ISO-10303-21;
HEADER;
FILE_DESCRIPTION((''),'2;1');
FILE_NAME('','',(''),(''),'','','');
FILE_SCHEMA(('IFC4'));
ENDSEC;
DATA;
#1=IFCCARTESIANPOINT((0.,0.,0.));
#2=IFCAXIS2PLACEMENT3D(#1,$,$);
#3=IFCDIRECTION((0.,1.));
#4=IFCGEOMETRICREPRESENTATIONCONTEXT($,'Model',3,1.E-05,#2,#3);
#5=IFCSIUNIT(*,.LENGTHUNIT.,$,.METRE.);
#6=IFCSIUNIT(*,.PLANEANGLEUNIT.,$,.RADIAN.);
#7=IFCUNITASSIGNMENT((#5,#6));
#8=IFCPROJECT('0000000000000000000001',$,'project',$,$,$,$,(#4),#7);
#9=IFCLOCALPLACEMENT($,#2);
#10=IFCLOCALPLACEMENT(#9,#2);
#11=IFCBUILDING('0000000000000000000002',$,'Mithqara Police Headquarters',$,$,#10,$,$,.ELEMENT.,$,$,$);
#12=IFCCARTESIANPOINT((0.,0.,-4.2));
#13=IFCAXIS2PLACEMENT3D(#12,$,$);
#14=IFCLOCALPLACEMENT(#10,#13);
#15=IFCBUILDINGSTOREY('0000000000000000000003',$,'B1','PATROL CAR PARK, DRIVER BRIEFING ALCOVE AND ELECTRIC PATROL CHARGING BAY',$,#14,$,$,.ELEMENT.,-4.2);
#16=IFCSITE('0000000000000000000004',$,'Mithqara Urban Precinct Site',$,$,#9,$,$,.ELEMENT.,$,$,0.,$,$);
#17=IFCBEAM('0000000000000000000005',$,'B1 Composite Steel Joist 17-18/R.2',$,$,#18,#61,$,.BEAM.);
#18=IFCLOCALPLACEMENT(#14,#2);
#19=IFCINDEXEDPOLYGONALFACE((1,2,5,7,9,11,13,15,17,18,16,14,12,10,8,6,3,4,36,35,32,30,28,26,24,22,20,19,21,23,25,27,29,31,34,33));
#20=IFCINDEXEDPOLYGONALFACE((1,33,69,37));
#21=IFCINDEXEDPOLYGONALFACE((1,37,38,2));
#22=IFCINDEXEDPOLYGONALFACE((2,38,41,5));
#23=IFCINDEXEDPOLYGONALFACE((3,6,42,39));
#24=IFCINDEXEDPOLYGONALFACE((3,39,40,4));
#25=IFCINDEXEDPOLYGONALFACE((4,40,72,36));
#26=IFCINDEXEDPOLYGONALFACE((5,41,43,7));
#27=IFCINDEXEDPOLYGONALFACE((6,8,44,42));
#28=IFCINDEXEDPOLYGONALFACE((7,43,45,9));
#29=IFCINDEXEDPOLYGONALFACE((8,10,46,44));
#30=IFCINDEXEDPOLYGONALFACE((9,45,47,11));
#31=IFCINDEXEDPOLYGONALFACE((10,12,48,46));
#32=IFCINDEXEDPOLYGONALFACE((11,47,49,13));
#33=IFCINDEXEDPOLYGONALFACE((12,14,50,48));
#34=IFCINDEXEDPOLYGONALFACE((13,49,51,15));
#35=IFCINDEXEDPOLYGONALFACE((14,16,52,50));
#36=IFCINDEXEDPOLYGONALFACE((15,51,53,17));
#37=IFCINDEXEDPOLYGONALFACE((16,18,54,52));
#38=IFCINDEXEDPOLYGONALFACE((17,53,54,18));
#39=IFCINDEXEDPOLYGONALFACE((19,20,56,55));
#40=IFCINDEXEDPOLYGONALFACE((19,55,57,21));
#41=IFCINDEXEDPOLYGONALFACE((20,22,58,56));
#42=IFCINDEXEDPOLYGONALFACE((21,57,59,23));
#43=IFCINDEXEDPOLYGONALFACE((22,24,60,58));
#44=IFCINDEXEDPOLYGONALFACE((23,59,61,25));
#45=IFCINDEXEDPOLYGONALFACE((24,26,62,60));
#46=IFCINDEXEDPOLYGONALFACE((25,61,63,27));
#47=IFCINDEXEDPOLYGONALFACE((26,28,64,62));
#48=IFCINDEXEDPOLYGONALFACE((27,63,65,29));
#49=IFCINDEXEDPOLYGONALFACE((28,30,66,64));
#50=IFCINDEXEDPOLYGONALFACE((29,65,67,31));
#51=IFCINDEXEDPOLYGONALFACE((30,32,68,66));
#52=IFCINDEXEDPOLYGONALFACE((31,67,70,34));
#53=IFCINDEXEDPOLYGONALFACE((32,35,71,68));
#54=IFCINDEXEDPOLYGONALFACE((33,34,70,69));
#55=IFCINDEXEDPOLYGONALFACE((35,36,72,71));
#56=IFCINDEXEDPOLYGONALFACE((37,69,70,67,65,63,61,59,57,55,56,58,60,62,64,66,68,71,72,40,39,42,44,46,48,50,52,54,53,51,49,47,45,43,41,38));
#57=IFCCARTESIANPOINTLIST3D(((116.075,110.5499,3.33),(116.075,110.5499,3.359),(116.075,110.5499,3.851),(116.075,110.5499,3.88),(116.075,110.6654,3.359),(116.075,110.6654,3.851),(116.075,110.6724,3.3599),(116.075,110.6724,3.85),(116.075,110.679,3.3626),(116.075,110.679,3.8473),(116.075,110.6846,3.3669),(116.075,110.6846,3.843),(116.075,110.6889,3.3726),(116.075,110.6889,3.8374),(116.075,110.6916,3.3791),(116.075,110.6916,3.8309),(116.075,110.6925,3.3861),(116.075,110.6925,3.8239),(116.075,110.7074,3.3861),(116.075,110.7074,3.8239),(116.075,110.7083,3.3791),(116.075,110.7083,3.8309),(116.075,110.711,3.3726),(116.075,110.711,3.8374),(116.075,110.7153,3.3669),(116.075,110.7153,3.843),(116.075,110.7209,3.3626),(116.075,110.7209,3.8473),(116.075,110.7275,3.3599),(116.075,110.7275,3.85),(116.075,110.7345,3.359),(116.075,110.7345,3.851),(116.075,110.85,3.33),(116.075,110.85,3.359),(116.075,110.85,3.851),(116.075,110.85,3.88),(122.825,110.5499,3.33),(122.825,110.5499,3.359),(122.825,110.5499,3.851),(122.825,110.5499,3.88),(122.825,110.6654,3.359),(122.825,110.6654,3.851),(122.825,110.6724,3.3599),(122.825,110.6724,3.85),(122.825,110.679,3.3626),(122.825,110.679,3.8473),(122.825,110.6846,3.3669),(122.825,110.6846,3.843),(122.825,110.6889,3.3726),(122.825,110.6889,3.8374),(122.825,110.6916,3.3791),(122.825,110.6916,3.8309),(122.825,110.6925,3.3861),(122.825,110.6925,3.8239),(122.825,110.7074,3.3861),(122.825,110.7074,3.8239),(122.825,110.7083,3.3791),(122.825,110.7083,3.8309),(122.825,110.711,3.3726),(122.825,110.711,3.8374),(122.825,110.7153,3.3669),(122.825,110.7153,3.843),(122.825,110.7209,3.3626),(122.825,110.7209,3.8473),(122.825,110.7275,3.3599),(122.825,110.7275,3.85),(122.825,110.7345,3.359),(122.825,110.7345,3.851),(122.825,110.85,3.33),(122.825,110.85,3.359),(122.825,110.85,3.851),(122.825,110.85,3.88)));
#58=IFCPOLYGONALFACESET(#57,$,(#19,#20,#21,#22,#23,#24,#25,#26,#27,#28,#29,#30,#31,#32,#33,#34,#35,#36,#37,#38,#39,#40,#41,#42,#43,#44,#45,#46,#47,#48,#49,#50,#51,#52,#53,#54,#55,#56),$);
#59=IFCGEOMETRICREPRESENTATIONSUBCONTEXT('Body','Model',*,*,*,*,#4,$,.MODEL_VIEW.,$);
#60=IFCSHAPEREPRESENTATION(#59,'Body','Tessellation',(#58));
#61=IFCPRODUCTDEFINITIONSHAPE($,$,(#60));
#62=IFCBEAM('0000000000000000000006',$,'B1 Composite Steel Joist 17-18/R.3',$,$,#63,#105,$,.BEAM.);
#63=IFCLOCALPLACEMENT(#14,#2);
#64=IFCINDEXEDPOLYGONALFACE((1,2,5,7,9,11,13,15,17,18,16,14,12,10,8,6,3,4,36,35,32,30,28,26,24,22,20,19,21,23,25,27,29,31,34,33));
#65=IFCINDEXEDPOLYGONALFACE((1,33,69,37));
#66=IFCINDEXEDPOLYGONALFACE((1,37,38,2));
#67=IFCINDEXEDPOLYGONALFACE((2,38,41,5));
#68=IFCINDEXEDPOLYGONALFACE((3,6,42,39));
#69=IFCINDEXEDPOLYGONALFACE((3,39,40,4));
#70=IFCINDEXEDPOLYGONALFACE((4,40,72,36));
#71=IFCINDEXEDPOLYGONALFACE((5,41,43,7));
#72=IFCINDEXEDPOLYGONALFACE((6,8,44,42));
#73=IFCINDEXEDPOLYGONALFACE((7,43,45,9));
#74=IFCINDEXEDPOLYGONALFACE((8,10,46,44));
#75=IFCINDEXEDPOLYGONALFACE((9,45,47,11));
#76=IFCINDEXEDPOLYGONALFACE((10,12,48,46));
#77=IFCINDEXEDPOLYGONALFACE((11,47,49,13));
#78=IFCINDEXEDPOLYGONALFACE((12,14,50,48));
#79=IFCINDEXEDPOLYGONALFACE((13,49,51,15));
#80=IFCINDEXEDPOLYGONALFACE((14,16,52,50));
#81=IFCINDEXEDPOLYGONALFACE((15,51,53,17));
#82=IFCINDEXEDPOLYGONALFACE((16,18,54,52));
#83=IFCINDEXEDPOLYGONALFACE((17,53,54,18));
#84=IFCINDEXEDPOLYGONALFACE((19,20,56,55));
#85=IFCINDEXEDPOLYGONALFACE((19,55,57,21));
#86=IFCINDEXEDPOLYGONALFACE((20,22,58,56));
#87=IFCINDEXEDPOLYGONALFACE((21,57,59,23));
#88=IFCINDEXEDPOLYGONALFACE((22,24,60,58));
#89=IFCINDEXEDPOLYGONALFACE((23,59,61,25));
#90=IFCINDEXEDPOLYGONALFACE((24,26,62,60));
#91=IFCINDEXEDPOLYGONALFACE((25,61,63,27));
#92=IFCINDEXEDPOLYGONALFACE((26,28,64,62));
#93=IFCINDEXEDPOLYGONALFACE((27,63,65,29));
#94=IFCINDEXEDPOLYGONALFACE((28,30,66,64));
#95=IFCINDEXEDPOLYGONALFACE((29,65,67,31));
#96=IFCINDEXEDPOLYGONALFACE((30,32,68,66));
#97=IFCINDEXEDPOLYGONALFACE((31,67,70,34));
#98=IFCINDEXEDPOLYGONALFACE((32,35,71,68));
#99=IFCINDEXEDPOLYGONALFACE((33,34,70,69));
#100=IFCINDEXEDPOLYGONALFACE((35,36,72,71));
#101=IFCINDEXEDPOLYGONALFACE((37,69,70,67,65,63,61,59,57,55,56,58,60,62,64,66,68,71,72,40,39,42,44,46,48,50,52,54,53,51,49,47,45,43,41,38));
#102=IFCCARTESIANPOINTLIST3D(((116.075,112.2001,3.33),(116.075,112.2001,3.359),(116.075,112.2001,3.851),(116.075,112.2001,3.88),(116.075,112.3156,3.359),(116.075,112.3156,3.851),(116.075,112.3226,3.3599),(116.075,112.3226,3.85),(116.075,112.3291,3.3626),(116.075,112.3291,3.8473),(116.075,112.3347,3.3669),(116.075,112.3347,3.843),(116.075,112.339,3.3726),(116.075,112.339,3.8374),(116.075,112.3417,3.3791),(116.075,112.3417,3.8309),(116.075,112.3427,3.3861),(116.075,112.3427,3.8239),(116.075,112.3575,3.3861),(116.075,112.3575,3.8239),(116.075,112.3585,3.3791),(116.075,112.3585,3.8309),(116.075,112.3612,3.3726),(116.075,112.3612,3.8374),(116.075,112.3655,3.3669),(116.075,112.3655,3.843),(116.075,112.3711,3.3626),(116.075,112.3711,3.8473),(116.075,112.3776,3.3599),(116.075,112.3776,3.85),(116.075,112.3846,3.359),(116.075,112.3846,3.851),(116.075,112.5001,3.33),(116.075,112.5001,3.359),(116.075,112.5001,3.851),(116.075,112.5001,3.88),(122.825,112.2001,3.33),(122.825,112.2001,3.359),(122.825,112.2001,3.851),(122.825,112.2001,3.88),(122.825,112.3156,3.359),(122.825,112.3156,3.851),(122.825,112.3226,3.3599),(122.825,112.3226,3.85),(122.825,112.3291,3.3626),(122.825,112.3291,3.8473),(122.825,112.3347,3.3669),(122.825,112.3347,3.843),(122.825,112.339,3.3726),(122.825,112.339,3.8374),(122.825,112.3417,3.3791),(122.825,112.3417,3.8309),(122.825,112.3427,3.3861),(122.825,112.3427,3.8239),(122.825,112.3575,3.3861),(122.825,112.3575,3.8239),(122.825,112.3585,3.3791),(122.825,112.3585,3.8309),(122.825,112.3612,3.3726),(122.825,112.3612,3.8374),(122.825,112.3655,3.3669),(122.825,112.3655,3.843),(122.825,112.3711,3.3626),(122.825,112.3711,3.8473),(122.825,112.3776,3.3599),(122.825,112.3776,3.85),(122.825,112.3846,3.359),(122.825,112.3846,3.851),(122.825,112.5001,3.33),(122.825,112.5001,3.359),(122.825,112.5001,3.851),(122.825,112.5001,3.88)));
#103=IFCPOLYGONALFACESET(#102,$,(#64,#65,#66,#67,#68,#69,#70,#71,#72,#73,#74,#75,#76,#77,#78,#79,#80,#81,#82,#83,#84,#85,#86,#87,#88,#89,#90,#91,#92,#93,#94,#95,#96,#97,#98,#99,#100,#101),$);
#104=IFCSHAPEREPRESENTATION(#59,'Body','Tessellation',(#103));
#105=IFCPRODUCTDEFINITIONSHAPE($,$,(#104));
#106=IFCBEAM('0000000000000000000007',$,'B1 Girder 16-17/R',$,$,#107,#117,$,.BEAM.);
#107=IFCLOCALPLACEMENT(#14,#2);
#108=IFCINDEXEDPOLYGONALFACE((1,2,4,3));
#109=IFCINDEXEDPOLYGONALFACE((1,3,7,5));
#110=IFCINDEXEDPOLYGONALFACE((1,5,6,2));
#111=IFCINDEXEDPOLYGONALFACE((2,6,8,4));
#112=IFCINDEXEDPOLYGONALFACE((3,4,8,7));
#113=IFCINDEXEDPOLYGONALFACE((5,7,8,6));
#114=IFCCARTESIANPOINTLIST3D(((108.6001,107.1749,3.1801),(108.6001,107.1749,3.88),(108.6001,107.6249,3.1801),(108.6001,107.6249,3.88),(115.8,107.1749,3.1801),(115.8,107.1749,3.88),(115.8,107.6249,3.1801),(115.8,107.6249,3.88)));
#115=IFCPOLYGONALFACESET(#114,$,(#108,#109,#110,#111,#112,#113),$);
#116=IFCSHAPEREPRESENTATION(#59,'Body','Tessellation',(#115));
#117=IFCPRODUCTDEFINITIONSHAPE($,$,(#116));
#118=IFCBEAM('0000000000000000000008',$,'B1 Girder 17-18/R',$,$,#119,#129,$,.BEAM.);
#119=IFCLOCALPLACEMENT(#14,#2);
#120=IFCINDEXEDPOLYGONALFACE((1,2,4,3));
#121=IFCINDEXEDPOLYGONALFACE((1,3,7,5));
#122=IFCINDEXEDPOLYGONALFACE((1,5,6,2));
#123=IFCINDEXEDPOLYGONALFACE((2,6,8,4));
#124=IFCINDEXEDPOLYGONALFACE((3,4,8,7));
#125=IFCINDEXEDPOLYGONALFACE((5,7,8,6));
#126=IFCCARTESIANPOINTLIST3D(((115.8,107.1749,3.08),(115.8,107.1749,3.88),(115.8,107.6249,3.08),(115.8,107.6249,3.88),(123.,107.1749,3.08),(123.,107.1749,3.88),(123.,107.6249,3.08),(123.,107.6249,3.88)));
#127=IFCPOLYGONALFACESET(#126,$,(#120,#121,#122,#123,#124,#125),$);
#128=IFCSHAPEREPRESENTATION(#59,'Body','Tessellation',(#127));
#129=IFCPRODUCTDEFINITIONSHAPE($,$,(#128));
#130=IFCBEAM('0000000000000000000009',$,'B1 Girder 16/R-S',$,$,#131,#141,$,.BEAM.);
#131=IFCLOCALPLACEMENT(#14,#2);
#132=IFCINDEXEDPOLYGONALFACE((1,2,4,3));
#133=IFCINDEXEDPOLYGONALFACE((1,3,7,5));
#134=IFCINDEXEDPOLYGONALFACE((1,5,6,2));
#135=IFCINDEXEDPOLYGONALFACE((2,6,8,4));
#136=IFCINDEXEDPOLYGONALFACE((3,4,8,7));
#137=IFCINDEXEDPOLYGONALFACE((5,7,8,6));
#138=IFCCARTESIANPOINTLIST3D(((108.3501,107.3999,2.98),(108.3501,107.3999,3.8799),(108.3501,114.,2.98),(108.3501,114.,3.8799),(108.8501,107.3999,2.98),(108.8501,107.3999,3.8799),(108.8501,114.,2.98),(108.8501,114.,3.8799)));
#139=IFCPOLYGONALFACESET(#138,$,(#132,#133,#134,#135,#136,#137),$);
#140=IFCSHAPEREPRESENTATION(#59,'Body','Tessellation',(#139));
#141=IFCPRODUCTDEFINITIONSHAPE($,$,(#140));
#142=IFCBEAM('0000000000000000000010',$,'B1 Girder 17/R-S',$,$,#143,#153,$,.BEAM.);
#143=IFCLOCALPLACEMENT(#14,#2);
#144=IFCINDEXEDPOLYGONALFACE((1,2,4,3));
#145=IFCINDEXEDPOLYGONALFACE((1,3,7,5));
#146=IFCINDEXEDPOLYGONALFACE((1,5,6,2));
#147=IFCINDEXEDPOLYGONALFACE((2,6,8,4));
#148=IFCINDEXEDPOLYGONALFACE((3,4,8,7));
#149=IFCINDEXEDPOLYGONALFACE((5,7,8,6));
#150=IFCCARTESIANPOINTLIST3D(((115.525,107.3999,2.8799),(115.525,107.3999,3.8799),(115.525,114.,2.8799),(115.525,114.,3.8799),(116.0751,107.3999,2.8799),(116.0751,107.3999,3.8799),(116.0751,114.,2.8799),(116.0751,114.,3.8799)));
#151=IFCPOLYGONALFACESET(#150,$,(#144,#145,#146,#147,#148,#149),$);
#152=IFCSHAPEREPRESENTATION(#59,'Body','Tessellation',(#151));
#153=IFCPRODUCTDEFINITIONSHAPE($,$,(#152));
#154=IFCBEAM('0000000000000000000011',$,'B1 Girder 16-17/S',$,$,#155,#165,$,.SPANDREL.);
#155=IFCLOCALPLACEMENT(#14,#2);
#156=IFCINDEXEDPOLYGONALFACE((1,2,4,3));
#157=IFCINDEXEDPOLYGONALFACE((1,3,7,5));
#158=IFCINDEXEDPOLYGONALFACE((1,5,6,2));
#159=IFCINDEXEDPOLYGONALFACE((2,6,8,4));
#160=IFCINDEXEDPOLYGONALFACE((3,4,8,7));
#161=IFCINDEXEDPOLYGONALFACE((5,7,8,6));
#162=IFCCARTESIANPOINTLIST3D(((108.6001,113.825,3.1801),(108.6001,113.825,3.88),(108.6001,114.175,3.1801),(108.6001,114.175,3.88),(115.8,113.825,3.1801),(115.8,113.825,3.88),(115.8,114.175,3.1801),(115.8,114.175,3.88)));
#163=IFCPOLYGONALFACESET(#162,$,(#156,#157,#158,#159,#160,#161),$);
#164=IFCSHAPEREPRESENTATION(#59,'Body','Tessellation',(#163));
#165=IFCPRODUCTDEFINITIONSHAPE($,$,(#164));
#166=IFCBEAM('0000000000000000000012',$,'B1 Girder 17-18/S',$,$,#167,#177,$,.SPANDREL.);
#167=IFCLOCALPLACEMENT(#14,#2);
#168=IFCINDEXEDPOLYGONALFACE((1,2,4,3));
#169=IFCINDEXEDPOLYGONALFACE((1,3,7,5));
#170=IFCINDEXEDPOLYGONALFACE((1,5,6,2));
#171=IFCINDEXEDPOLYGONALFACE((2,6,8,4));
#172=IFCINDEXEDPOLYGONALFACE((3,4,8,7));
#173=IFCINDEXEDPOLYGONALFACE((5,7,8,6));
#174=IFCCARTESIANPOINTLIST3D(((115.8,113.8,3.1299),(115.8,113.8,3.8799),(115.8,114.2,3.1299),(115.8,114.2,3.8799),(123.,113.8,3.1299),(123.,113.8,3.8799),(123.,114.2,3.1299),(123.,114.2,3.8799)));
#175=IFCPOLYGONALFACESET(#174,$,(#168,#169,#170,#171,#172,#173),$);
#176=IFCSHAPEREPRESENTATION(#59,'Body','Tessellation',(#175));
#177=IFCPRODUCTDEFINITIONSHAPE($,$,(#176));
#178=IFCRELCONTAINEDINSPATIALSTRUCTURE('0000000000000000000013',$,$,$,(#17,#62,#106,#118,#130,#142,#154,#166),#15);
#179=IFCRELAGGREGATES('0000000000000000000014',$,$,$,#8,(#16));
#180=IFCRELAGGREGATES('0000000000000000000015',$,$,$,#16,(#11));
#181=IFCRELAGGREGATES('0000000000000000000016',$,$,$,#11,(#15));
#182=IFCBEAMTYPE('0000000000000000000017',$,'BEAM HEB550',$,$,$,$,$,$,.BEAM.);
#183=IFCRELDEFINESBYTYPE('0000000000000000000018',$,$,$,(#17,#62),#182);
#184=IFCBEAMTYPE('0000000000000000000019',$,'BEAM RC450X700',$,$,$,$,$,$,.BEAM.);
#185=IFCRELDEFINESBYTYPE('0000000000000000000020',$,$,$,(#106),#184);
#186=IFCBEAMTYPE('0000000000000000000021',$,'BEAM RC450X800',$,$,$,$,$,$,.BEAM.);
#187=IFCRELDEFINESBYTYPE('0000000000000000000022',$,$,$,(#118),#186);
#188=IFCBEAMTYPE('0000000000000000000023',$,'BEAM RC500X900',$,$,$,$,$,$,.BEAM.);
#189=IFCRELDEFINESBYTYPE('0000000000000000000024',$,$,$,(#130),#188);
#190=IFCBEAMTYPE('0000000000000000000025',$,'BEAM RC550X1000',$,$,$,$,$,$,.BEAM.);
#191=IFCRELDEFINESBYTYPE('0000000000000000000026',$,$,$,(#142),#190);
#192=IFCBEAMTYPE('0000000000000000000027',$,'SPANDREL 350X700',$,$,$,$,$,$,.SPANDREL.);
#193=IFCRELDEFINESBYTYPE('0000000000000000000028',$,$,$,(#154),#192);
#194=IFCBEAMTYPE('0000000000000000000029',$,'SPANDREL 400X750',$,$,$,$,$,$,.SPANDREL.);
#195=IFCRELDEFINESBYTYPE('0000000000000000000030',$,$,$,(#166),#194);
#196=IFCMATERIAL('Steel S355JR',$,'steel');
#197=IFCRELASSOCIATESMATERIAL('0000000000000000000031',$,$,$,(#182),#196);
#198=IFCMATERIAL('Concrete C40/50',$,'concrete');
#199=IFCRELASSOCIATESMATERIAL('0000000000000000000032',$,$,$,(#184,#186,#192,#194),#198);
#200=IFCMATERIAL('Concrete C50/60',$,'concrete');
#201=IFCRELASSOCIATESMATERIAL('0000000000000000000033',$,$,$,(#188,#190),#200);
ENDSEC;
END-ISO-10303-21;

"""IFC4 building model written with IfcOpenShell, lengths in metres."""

from ifc_helpers import new_model, si_unit, direction, frame, origin, origin_2d, place, context, subcontext, project, spatial, rectangle, i_section, extrude, material, material_profile, profile_set, type_object, element, save


model = new_model("IFC4")

# Units and contexts
model_context = context("Model", 3, precision=1e-05, world=origin(), true_north=direction((0.0, 1.0)))
body_context = subcontext(model_context, "Body", "Model", "MODEL_VIEW")
ifc_project = project(units=[si_unit("LENGTHUNIT", "METRE"), si_unit("PLANEANGLEUNIT", "RADIAN")], contexts=[model_context])

# Site, building, storey
site_placement = place(None, origin())
site = spatial("IfcSite", under=ifc_project, at=site_placement, Name="Mithqara Urban Precinct Site", CompositionType="ELEMENT", RefElevation=0.0)
building_placement = place(site_placement, origin())
building = spatial("IfcBuilding", under=site, at=building_placement, Name="Mithqara Police Headquarters", CompositionType="ELEMENT")
storey_placement = place(building_placement, frame((0.0, 0.0, -4.2)))
storey = spatial("IfcBuildingStorey", under=building, at=storey_placement, Name="B1", Description="PATROL CAR PARK, DRIVER BRIEFING ALCOVE AND ELECTRIC PATROL CHARGING BAY", CompositionType="ELEMENT", Elevation=-4.2)

# Shared definitions
ifc_material_1 = material(Name="Concrete C50/60", Category="concrete")

# Beams
ifc_material_2 = material(Name="Steel S355JR", Category="steel")
ifc_material_profile_1 = material_profile(ifc_material_2, i_section(OverallWidth=0.3, OverallDepth=0.55, WebThickness=0.0149, FlangeThickness=0.0291, FilletRadius=0.0271, at=origin_2d()), Name="HEB 550")
ifc_profile_set_1 = profile_set([ifc_material_profile_1], Name="Steel S355JR")
beam_type_1 = type_object("IfcBeamType", Name="BEAM HEB550", PredefinedType="BEAM", material=ifc_profile_set_1)
for number, where, z_axis, x_axis, name in (
    (1, (116.075, 110.7, 3.605), (1.0, 0.0, 0.0), (0.0, 1.0, 0.0), "B1 Composite Steel Joist 17-18/R.2"),
    (2, (116.075, 112.3501, 3.605), (1.0, 0.0, 0.0), (0.0, 1.0, 0.0), "B1 Composite Steel Joist 17-18/R.3"),
):
    element("IfcBeam", number, at=place(storey_placement, frame(where, z_axis=z_axis, x_axis=x_axis)), inside=storey, type_object=beam_type_1, Name=name, PredefinedType="BEAM", context=body_context, shape_type="SweptSolid", body=[
        extrude(i_section(OverallWidth=0.3, OverallDepth=0.55, WebThickness=0.0149, FlangeThickness=0.0291, FilletRadius=0.0271, at=origin_2d()), origin(), (0.0, 0.0, 1.0), 6.75),
    ])
ifc_material_3 = material(Name="Concrete C40/50", Category="concrete")
ifc_material_profile_2 = material_profile(ifc_material_3, rectangle(XDim=0.45, YDim=0.7, at=origin_2d()), Name="RC 450x700")
ifc_profile_set_2 = profile_set([ifc_material_profile_2], Name="Concrete C40/50")
beam_type_2 = type_object("IfcBeamType", Name="BEAM RC450X700", PredefinedType="BEAM", material=ifc_profile_set_2)
beam_1_placement = place(storey_placement, frame((108.6001, 107.3999, 3.53), z_axis=(1.0, 0.0, 0.0), x_axis=(0.0, 1.0, 0.0)))
element("IfcBeam", 3, at=beam_1_placement, inside=storey, type_object=beam_type_2, Name="B1 Girder 16-17/R", PredefinedType="BEAM", context=body_context, shape_type="SweptSolid", body=[
    extrude(rectangle(XDim=0.45, YDim=0.7, at=origin_2d()), origin(), (0.0, 0.0, 1.0), 7.2),
])
ifc_material_profile_3 = material_profile(ifc_material_3, rectangle(XDim=0.45, YDim=0.8, at=origin_2d()), Name="RC 450x800")
ifc_profile_set_3 = profile_set([ifc_material_profile_3], Name="Concrete C40/50")
beam_type_3 = type_object("IfcBeamType", Name="BEAM RC450X800", PredefinedType="BEAM", material=ifc_profile_set_3)
beam_2_placement = place(storey_placement, frame((115.8, 107.3999, 3.48), z_axis=(1.0, 0.0, 0.0), x_axis=(0.0, 1.0, 0.0)))
element("IfcBeam", 4, at=beam_2_placement, inside=storey, type_object=beam_type_3, Name="B1 Girder 17-18/R", PredefinedType="BEAM", context=body_context, shape_type="SweptSolid", body=[
    extrude(rectangle(XDim=0.45, YDim=0.8, at=origin_2d()), origin(), (0.0, 0.0, 1.0), 7.2),
])
ifc_material_profile_4 = material_profile(ifc_material_1, rectangle(XDim=0.5, YDim=0.8999, at=origin_2d()), Name="RC 500x900")
ifc_profile_set_4 = profile_set([ifc_material_profile_4], Name="Concrete C50/60")
beam_type_4 = type_object("IfcBeamType", Name="BEAM RC500X900", PredefinedType="BEAM", material=ifc_profile_set_4)
beam_3_placement = place(storey_placement, frame((108.6001, 107.3999, 3.4299), z_axis=(0.0, 1.0, 0.0), x_axis=(-1.0, 0.0, 0.0)))
element("IfcBeam", 5, at=beam_3_placement, inside=storey, type_object=beam_type_4, Name="B1 Girder 16/R-S", PredefinedType="BEAM", context=body_context, shape_type="SweptSolid", body=[
    extrude(rectangle(XDim=0.5, YDim=0.8999, at=origin_2d()), origin(), (0.0, 0.0, 1.0), 6.6001),
])
ifc_material_profile_5 = material_profile(ifc_material_1, rectangle(XDim=0.55, YDim=1.0, at=origin_2d()), Name="RC 550x1000")
ifc_profile_set_5 = profile_set([ifc_material_profile_5], Name="Concrete C50/60")
beam_type_5 = type_object("IfcBeamType", Name="BEAM RC550X1000", PredefinedType="BEAM", material=ifc_profile_set_5)
beam_4_placement = place(storey_placement, frame((115.8, 107.3999, 3.3799), z_axis=(0.0, 1.0, 0.0), x_axis=(-1.0, 0.0, 0.0)))
element("IfcBeam", 6, at=beam_4_placement, inside=storey, type_object=beam_type_5, Name="B1 Girder 17/R-S", PredefinedType="BEAM", context=body_context, shape_type="SweptSolid", body=[
    extrude(rectangle(XDim=0.55, YDim=1.0, at=origin_2d()), origin(), (0.0, 0.0, 1.0), 6.6001),
])
ifc_material_profile_6 = material_profile(ifc_material_3, rectangle(XDim=0.3501, YDim=0.7, at=origin_2d()), Name="SPB 350x700")
ifc_profile_set_6 = profile_set([ifc_material_profile_6], Name="Concrete C40/50")
beam_type_6 = type_object("IfcBeamType", Name="SPANDREL 350X700", PredefinedType="SPANDREL", material=ifc_profile_set_6)
beam_5_placement = place(storey_placement, frame((108.6001, 114.0, 3.53), z_axis=(1.0, 0.0, 0.0), x_axis=(0.0, 1.0, 0.0)))
element("IfcBeam", 7, at=beam_5_placement, inside=storey, type_object=beam_type_6, Name="B1 Girder 16-17/S", PredefinedType="SPANDREL", context=body_context, shape_type="SweptSolid", body=[
    extrude(rectangle(XDim=0.3501, YDim=0.7, at=origin_2d()), origin(), (0.0, 0.0, 1.0), 7.2),
])
ifc_material_profile_7 = material_profile(ifc_material_3, rectangle(XDim=0.3999, YDim=0.75, at=origin_2d()), Name="SPB 400x750")
ifc_profile_set_7 = profile_set([ifc_material_profile_7], Name="Concrete C40/50")
beam_type_7 = type_object("IfcBeamType", Name="SPANDREL 400X750", PredefinedType="SPANDREL", material=ifc_profile_set_7)
beam_6_placement = place(storey_placement, frame((115.8, 114.0, 3.5049), z_axis=(1.0, 0.0, 0.0), x_axis=(0.0, 1.0, 0.0)))
element("IfcBeam", 8, at=beam_6_placement, inside=storey, type_object=beam_type_7, Name="B1 Girder 17-18/S", PredefinedType="SPANDREL", context=body_context, shape_type="SweptSolid", body=[
    extrude(rectangle(XDim=0.3999, YDim=0.75, at=origin_2d()), origin(), (0.0, 0.0, 1.0), 7.2),
])

save(model, "model.ifc")
